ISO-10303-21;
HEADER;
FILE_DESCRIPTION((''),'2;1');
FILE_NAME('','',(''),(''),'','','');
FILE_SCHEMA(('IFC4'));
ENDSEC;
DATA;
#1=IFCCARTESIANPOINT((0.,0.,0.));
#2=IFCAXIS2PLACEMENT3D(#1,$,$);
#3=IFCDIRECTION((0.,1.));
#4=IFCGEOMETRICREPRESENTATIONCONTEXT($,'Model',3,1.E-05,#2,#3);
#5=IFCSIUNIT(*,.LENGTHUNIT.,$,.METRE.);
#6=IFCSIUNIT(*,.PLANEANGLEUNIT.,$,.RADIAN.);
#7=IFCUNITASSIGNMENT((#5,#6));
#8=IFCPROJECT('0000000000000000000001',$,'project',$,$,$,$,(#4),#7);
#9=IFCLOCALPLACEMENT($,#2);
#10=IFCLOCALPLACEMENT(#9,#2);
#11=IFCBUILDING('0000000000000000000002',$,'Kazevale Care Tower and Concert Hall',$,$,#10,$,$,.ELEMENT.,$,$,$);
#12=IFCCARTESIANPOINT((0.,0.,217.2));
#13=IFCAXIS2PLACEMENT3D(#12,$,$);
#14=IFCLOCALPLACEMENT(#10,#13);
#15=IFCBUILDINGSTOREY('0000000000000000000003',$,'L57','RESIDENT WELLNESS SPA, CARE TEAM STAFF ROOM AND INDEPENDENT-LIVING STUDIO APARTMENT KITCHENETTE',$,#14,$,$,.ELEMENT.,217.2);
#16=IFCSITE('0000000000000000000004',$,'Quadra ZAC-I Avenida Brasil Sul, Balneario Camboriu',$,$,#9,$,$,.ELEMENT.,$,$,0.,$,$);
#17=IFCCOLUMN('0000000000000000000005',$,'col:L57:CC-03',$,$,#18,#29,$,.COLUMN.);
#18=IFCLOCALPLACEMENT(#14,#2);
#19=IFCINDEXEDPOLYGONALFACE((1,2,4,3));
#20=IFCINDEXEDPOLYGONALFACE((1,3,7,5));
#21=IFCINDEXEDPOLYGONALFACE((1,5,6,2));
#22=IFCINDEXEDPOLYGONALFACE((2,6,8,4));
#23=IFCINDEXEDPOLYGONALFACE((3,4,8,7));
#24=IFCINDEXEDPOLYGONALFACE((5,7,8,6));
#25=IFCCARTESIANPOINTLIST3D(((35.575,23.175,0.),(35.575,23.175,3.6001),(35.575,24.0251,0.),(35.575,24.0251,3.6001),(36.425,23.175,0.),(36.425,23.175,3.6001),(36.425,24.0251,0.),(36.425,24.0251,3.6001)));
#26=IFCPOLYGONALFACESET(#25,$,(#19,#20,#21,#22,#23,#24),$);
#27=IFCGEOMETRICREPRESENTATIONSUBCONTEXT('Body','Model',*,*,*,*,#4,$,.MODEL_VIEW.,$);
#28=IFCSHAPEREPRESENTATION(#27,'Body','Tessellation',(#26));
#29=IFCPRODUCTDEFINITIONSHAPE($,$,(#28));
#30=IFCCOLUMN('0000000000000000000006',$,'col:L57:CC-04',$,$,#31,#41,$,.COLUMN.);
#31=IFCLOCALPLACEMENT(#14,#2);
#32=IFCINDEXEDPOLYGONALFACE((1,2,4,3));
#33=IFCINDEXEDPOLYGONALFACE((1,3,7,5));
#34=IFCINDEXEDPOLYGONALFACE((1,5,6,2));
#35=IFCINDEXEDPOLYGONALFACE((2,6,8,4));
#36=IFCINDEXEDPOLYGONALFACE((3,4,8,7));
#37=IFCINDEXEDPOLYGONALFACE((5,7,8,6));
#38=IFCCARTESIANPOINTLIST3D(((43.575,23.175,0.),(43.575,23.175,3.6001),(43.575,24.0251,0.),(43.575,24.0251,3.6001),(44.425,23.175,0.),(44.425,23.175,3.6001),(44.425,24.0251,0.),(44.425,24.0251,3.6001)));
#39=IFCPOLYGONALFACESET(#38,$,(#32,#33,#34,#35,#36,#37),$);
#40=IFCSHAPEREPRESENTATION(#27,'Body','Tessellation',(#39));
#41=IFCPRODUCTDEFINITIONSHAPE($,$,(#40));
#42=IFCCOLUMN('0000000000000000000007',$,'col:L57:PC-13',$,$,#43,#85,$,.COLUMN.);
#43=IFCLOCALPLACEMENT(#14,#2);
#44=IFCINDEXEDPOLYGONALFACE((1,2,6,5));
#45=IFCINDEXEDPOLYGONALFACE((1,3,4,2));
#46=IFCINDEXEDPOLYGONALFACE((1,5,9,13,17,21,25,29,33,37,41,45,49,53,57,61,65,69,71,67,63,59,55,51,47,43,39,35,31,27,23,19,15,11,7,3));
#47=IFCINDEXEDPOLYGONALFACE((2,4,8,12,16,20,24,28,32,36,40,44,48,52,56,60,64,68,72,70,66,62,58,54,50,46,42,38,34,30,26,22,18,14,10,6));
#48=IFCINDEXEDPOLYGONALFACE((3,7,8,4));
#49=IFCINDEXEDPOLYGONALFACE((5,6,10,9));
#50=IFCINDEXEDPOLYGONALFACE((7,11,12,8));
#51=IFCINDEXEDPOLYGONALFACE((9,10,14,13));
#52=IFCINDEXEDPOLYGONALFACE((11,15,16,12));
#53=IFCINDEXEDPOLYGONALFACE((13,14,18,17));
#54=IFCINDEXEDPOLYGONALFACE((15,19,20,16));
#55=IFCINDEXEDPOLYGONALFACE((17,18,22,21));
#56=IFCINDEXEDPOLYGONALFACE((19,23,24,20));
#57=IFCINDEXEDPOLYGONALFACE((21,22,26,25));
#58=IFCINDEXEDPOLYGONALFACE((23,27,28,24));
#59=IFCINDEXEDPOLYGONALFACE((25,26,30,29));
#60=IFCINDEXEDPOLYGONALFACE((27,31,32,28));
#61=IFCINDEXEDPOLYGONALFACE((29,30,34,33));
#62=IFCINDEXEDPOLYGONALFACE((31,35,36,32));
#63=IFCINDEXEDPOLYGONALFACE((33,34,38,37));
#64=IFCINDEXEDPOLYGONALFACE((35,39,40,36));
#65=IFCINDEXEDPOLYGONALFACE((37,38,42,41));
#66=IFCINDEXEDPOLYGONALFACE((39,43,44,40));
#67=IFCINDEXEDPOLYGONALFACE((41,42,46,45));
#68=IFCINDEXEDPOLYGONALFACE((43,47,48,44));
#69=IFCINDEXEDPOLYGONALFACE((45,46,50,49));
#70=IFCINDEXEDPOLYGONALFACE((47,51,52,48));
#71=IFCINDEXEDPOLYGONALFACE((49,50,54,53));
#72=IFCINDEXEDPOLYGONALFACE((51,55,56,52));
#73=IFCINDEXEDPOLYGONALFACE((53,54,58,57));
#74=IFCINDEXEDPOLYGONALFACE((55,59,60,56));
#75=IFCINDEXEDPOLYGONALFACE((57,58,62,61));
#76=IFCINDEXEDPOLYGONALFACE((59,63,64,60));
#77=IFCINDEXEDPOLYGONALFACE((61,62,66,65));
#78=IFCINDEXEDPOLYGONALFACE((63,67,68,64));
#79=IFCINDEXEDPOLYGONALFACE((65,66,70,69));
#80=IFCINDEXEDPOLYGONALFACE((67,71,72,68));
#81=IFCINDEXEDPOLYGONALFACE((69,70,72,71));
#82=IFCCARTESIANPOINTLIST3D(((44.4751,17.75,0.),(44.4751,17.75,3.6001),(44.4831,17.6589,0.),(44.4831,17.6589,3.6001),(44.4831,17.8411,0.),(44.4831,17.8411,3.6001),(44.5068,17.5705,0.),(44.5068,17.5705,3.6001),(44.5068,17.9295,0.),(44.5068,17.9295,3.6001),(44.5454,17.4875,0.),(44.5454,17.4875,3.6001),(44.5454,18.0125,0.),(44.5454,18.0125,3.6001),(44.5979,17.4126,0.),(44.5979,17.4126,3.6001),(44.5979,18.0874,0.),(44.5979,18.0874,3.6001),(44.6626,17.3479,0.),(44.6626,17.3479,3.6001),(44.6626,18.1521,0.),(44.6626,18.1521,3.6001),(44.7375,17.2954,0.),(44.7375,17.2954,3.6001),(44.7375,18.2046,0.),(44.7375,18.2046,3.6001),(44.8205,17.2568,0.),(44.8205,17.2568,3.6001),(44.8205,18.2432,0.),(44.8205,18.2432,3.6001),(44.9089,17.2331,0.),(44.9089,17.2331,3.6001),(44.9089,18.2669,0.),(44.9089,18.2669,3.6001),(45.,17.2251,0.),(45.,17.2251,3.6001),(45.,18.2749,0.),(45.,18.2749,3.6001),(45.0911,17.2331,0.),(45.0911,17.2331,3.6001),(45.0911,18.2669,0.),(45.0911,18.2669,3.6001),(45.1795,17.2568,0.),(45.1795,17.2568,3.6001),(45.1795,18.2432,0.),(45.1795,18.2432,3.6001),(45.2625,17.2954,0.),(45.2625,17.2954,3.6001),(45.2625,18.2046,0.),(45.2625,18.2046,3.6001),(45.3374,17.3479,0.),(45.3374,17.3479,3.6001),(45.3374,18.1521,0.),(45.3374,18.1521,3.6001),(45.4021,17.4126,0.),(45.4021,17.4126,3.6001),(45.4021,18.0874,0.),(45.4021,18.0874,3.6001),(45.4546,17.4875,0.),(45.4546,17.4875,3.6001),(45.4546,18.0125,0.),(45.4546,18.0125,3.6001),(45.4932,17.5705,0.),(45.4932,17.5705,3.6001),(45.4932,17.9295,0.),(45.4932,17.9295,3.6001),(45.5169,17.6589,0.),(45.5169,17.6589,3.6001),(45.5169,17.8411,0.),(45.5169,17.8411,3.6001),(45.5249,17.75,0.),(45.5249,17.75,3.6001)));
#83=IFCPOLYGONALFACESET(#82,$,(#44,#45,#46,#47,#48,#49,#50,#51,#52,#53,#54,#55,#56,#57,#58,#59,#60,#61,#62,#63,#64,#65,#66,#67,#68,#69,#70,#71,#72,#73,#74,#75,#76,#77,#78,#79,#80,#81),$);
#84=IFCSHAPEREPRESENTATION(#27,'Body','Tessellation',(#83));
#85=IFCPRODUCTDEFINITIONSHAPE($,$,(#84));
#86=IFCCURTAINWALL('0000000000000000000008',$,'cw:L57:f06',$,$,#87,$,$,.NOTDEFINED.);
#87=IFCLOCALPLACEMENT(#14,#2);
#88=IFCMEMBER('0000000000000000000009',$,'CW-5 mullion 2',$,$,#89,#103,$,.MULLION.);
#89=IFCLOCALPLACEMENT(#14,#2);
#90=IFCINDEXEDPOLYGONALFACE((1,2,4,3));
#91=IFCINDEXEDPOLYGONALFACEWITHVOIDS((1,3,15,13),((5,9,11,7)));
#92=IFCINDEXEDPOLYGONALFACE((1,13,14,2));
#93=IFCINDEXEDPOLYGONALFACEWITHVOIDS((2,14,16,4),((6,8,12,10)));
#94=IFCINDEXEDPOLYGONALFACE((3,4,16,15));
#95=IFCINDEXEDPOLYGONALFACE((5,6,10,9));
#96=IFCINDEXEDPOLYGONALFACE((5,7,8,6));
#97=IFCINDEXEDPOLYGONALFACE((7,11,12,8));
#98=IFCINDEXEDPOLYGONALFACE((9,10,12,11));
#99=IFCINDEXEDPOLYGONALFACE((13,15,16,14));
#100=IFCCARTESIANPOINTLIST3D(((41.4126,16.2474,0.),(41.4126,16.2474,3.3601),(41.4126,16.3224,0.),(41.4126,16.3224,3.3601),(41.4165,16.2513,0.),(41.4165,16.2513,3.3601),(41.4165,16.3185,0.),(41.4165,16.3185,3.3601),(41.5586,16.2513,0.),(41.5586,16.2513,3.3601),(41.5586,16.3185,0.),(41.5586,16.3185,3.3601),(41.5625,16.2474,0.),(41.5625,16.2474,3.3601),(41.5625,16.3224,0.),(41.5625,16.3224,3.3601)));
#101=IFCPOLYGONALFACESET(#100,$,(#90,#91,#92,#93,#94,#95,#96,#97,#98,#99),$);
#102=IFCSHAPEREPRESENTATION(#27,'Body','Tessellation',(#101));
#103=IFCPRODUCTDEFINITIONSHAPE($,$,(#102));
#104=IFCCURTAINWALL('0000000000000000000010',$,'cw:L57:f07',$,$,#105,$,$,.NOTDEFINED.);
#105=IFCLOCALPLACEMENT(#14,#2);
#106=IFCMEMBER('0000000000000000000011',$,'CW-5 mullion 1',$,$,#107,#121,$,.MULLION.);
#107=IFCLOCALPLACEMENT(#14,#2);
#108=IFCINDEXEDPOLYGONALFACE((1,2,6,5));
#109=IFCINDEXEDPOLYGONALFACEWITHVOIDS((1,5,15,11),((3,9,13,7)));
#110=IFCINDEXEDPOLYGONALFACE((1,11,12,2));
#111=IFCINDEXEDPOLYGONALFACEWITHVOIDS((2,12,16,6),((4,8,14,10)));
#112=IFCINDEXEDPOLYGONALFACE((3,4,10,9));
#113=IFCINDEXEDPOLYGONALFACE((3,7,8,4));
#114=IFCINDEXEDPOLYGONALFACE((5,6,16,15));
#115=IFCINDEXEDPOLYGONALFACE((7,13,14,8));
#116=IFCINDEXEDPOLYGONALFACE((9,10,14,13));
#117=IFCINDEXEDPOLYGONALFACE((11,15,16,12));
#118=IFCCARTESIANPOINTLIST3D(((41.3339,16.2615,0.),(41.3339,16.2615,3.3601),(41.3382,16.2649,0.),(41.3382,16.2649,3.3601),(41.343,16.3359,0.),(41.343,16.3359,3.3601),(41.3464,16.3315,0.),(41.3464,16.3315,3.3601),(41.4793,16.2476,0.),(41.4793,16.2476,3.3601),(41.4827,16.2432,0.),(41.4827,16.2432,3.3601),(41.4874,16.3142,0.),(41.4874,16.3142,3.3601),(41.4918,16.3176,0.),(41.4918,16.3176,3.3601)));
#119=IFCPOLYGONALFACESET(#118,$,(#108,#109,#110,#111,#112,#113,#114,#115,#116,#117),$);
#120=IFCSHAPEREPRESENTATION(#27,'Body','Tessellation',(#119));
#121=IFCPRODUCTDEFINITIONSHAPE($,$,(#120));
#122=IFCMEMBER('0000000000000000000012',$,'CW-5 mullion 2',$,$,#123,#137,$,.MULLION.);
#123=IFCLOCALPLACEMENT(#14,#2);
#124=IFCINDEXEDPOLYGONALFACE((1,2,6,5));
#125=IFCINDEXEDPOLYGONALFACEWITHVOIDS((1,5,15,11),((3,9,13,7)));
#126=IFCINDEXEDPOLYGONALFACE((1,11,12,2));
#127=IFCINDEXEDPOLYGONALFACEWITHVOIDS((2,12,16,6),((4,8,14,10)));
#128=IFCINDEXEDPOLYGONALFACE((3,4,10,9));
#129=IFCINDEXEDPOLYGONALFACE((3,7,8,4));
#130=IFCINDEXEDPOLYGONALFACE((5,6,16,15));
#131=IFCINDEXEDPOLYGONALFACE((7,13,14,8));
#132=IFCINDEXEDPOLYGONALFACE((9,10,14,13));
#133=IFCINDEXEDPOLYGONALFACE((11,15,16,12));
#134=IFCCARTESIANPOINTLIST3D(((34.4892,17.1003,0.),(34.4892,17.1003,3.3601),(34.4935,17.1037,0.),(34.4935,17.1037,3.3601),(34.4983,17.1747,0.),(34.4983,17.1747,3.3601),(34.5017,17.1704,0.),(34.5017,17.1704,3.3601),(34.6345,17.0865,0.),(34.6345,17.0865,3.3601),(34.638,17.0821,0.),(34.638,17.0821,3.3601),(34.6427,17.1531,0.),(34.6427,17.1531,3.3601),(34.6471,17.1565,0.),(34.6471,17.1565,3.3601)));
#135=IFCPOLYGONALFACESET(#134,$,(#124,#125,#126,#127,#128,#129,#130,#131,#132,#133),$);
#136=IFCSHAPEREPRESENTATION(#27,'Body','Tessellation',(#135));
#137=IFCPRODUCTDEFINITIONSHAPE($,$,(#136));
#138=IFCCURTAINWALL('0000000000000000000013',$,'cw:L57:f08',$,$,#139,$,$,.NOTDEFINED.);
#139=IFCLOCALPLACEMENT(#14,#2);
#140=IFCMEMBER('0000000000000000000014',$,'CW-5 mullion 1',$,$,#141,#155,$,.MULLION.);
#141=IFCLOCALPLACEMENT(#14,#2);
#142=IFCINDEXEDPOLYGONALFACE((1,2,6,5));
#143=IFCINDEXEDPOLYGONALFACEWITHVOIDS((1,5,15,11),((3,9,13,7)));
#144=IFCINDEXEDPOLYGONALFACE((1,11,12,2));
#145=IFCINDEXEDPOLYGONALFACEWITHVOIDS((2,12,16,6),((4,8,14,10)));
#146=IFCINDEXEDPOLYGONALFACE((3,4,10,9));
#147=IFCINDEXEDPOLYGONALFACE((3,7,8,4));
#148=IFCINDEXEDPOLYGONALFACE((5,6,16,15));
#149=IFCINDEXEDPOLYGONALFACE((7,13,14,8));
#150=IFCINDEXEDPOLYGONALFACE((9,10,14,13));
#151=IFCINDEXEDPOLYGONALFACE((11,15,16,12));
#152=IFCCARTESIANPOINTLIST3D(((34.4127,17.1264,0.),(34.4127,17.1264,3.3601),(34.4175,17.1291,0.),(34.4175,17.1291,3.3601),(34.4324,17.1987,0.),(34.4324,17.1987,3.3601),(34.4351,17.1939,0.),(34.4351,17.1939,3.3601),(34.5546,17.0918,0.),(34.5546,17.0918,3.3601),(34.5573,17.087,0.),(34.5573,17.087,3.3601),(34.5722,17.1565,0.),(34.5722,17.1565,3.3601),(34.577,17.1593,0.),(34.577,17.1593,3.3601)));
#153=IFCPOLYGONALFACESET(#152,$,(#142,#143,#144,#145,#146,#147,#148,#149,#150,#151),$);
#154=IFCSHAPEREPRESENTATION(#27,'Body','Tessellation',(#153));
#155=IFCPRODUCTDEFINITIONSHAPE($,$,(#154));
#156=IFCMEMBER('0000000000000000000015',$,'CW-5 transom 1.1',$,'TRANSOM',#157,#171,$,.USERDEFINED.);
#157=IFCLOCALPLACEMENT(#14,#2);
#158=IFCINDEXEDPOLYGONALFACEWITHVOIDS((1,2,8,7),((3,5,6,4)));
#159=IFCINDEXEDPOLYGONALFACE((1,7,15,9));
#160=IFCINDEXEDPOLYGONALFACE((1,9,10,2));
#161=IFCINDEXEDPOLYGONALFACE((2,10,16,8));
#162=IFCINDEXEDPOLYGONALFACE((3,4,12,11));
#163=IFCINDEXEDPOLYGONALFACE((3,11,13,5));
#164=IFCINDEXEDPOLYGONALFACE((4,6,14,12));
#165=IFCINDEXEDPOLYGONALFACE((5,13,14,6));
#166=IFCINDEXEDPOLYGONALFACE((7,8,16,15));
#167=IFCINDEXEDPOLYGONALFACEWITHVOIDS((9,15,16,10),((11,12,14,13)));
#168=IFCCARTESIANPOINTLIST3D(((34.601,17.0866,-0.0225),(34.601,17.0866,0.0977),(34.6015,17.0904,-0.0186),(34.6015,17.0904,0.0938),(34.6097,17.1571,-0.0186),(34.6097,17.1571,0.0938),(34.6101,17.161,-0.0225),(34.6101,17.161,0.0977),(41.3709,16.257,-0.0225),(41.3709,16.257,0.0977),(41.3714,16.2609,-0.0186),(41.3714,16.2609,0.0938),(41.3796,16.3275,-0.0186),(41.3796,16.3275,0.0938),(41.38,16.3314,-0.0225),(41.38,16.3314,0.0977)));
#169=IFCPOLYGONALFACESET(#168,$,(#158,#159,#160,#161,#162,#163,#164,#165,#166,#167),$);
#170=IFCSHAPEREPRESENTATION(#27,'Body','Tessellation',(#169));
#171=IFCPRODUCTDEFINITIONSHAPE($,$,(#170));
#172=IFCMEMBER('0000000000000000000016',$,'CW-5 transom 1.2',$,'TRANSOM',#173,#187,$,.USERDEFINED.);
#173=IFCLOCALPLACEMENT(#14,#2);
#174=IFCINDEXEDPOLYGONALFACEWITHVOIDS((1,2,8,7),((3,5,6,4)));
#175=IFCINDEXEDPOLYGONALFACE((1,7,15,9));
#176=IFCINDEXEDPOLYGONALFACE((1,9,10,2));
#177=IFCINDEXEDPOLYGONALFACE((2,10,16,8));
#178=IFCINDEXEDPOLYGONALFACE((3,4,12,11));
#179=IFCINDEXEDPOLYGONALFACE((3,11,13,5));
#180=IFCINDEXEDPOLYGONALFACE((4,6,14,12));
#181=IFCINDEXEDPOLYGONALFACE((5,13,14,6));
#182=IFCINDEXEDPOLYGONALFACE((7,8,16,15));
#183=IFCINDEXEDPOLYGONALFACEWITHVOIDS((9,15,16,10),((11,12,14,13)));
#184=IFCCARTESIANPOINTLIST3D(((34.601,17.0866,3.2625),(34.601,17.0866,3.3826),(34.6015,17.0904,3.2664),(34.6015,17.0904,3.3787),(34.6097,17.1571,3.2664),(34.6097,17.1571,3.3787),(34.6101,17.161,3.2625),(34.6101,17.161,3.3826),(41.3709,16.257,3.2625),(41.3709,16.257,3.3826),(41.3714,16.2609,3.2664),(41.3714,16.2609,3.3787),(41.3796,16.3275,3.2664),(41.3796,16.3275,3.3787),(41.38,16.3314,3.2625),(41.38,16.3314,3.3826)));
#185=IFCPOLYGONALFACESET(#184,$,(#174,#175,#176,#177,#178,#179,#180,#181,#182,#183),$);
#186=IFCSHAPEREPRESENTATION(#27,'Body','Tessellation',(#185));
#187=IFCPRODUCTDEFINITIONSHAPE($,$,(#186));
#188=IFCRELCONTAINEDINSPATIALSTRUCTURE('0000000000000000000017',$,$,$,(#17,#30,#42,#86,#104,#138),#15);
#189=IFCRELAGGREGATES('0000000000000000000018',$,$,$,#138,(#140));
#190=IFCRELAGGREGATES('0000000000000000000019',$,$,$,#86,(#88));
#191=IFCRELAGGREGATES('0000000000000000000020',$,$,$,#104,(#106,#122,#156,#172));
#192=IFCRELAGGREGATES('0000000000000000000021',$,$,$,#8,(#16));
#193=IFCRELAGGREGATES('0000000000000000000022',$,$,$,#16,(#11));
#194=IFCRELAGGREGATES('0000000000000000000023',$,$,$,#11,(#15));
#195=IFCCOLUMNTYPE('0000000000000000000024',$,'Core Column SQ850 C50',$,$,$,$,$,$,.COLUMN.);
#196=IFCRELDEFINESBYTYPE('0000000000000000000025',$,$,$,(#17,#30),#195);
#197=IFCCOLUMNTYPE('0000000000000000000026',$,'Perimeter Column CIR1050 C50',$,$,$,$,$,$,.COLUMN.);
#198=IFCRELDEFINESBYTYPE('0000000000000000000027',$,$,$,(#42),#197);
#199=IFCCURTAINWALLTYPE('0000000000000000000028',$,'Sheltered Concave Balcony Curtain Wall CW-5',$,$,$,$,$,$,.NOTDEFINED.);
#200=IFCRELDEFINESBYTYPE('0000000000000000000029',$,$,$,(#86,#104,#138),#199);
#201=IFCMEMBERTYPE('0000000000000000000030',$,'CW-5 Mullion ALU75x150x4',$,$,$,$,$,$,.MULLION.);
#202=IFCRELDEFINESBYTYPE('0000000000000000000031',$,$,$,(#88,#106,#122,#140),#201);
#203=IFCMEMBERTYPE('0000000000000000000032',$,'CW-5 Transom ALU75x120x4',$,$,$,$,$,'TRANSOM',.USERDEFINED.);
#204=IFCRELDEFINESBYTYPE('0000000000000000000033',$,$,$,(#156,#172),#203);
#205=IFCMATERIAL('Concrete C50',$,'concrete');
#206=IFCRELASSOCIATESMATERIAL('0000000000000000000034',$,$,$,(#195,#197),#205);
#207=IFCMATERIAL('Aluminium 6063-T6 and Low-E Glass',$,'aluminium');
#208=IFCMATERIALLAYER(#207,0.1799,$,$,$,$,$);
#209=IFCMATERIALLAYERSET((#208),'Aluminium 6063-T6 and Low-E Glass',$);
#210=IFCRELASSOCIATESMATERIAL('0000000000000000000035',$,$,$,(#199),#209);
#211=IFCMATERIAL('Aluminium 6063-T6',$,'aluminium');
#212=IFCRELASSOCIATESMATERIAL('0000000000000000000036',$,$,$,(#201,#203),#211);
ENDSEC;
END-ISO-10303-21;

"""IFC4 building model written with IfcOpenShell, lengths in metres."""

from ifc_helpers import new_model, si_unit, direction, frame, origin, origin_2d, place, context, subcontext, project, spatial, rectangle, hollow_rectangle, circle, extrude, material, layer, layer_set, material_profile, profile_set, type_object, element, aggregate, save


model = new_model("IFC4")

# Units and contexts
model_context = context("Model", 3, precision=1e-05, world=origin(), true_north=direction((0.0, 1.0)))
body_context = subcontext(model_context, "Body", "Model", "MODEL_VIEW")
ifc_project = project(units=[si_unit("LENGTHUNIT", "METRE"), si_unit("PLANEANGLEUNIT", "RADIAN")], contexts=[model_context])

# Site, building, storey
site_placement = place(None, origin())
site = spatial("IfcSite", under=ifc_project, at=site_placement, Name="Quadra ZAC-I Avenida Brasil Sul, Balneario Camboriu", CompositionType="ELEMENT", RefElevation=0.0)
building_placement = place(site_placement, origin())
building = spatial("IfcBuilding", under=site, at=building_placement, Name="Kazevale Care Tower and Concert Hall", CompositionType="ELEMENT")
storey_placement = place(building_placement, frame((0.0, 0.0, 217.2)))
storey = spatial("IfcBuildingStorey", under=building, at=storey_placement, Name="L57", Description="RESIDENT WELLNESS SPA, CARE TEAM STAFF ROOM AND INDEPENDENT-LIVING STUDIO APARTMENT KITCHENETTE", CompositionType="ELEMENT", Elevation=217.2)

# Columns
ifc_material_1 = material(Name="Concrete C50", Category="concrete")
ifc_material_profile_1 = material_profile(ifc_material_1, rectangle(XDim=0.8501, YDim=0.8501, at=origin_2d()), Name="RC-SQ850")
ifc_profile_set_1 = profile_set([ifc_material_profile_1], Name="Concrete C50")
column_type_1 = type_object("IfcColumnType", Name="Core Column SQ850 C50", PredefinedType="COLUMN", material=ifc_profile_set_1)
for number, where, z_axis, x_axis, name in (
    (1, (36.0, 23.6001, 0.0), (0.0, 0.0, 1.0), (1.0, 0.0, 0.0), "col:L57:CC-03"),
    (2, (44.0, 23.6001, 0.0), (0.0, 0.0, 1.0), (1.0, 0.0, 0.0), "col:L57:CC-04"),
):
    element("IfcColumn", number, at=place(storey_placement, frame(where, z_axis=z_axis, x_axis=x_axis)), inside=storey, type_object=column_type_1, Name=name, PredefinedType="COLUMN", context=body_context, shape_type="SweptSolid", body=[
        extrude(rectangle(XDim=0.8501, YDim=0.8501, at=origin_2d()), origin(), (0.0, 0.0, 1.0), 3.6001),
    ])
ifc_material_profile_2 = material_profile(ifc_material_1, circle(Radius=0.5249, at=origin_2d()), Name="RC-CIR1050")
ifc_profile_set_2 = profile_set([ifc_material_profile_2], Name="Concrete C50")
column_type_2 = type_object("IfcColumnType", Name="Perimeter Column CIR1050 C50", PredefinedType="COLUMN", material=ifc_profile_set_2)
column_placement = place(storey_placement, frame((45.0, 17.75, 0.0), z_axis=(0.0, 0.0, 1.0), x_axis=(1.0, 0.0, 0.0)))
element("IfcColumn", 3, at=column_placement, inside=storey, type_object=column_type_2, Name="col:L57:PC-13", PredefinedType="COLUMN", context=body_context, shape_type="SweptSolid", body=[
    extrude(circle(Radius=0.5249, at=origin_2d()), origin(), (0.0, 0.0, 1.0), 3.6001),
])

# Curtain wall, member
ifc_material_2 = material(Name="Aluminium 6063-T6 and Low-E Glass", Category="aluminium")
ifc_layer_1 = layer(ifc_material_2, 0.1799)
ifc_layer_set_1 = layer_set([ifc_layer_1], Name="Aluminium 6063-T6 and Low-E Glass")
curtain_wall_type = type_object("IfcCurtainWallType", Name="Sheltered Concave Balcony Curtain Wall CW-5", PredefinedType="NOTDEFINED", material=ifc_layer_set_1)
curtain_wall_1_placement = place(storey_placement, origin())
curtain_wall_1 = element("IfcCurtainWall", 4, at=curtain_wall_1_placement, inside=storey, type_object=curtain_wall_type, Name="cw:L57:f06", PredefinedType="NOTDEFINED")
ifc_material_3 = material(Name="Aluminium 6063-T6", Category="aluminium")
ifc_material_profile_3 = material_profile(ifc_material_3, hollow_rectangle(XDim=0.075, YDim=0.1499, WallThickness=0.0039, at=origin_2d()), Name="ALU75x150x4")
ifc_profile_set_3 = profile_set([ifc_material_profile_3], Name="Aluminium 6063-T6")
member_type_1 = type_object("IfcMemberType", Name="CW-5 Mullion ALU75x150x4", PredefinedType="MULLION", material=ifc_profile_set_3)
member_1_placement = place(storey_placement, frame((41.4875, 16.2849, 0.0), z_axis=(0.0, 0.0, 1.0), x_axis=(0.0, -1.0, 0.0)))
member_1 = element("IfcMember", 5, at=member_1_placement, type_object=member_type_1, Name="CW-5 mullion 2", PredefinedType="MULLION", context=body_context, shape_type="SweptSolid", body=[
    extrude(hollow_rectangle(XDim=0.075, YDim=0.1499, WallThickness=0.0039, at=origin_2d()), origin(), (0.0, 0.0, 1.0), 3.3601),
])

# Curtain wall, members
curtain_wall_2_placement = place(storey_placement, origin())
curtain_wall_2 = element("IfcCurtainWall", 6, at=curtain_wall_2_placement, inside=storey, type_object=curtain_wall_type, Name="cw:L57:f07", PredefinedType="NOTDEFINED")
member_2_placement = place(storey_placement, frame((41.4128, 16.2896, 0.0), z_axis=(0.0, 0.0, 1.0), x_axis=(-0.121651, -0.992573, 0.0)))
member_2 = element("IfcMember", 7, at=member_2_placement, type_object=member_type_1, Name="CW-5 mullion 1", PredefinedType="MULLION", context=body_context, shape_type="SweptSolid", body=[
    extrude(hollow_rectangle(XDim=0.075, YDim=0.1499, WallThickness=0.0039, at=origin_2d()), origin(), (0.0, 0.0, 1.0), 3.3601),
])
member_3_placement = place(storey_placement, frame((34.5681, 17.1284, 0.0), z_axis=(0.0, 0.0, 1.0), x_axis=(-0.121651, -0.992573, 0.0)))
member_3 = element("IfcMember", 8, at=member_3_placement, type_object=member_type_1, Name="CW-5 mullion 2", PredefinedType="MULLION", context=body_context, shape_type="SweptSolid", body=[
    extrude(hollow_rectangle(XDim=0.075, YDim=0.1499, WallThickness=0.0039, at=origin_2d()), origin(), (0.0, 0.0, 1.0), 3.3601),
])

# Curtain wall, member
curtain_wall_3_placement = place(storey_placement, origin())
curtain_wall_3 = element("IfcCurtainWall", 9, at=curtain_wall_3_placement, inside=storey, type_object=curtain_wall_type, Name="cw:L57:f08", PredefinedType="NOTDEFINED")
member_4_placement = place(storey_placement, frame((34.4949, 17.1428, 0.0), z_axis=(0.0, 0.0, 1.0), x_axis=(-0.262849, -0.964837, 0.0)))
member_4 = element("IfcMember", 10, at=member_4_placement, type_object=member_type_1, Name="CW-5 mullion 1", PredefinedType="MULLION", context=body_context, shape_type="SweptSolid", body=[
    extrude(hollow_rectangle(XDim=0.075, YDim=0.1499, WallThickness=0.0039, at=origin_2d()), origin(), (0.0, 0.0, 1.0), 3.3601),
])
aggregate(curtain_wall_3, [member_4])

# Members
ifc_material_profile_4 = material_profile(ifc_material_3, hollow_rectangle(XDim=0.075, YDim=0.1201, WallThickness=0.0039, at=origin_2d()), Name="ALU75x120x4")
ifc_profile_set_4 = profile_set([ifc_material_profile_4], Name="Aluminium 6063-T6")
member_type_2 = type_object("IfcMemberType", Name="CW-5 Transom ALU75x120x4", ElementType="TRANSOM", PredefinedType="USERDEFINED", material=ifc_profile_set_4)
member_5_placement = place(storey_placement, frame((41.3755, 16.2942, 0.0376), z_axis=(-0.992576, 0.121629, 0.0), x_axis=(-0.121629, -0.992576, 0.0)))
member_5 = element("IfcMember", 11, at=member_5_placement, type_object=member_type_2, Name="CW-5 transom 1.1", ObjectType="TRANSOM", PredefinedType="USERDEFINED", context=body_context, shape_type="SweptSolid", body=[
    extrude(hollow_rectangle(XDim=0.075, YDim=0.1201, WallThickness=0.0039, at=origin_2d()), origin(), (0.0, 0.0, 1.0), 6.8206),
])
member_6_placement = place(storey_placement, frame((41.3755, 16.2942, 3.3225), z_axis=(-0.992576, 0.121629, 0.0), x_axis=(-0.121629, -0.992576, 0.0)))
member_6 = element("IfcMember", 12, at=member_6_placement, type_object=member_type_2, Name="CW-5 transom 1.2", ObjectType="TRANSOM", PredefinedType="USERDEFINED", context=body_context, shape_type="SweptSolid", body=[
    extrude(hollow_rectangle(XDim=0.075, YDim=0.1201, WallThickness=0.0039, at=origin_2d()), origin(), (0.0, 0.0, 1.0), 6.8206),
])

aggregate(curtain_wall_1, [member_1])
aggregate(curtain_wall_2, [member_2, member_3, member_5, member_6])

save(model, "model.ifc")
